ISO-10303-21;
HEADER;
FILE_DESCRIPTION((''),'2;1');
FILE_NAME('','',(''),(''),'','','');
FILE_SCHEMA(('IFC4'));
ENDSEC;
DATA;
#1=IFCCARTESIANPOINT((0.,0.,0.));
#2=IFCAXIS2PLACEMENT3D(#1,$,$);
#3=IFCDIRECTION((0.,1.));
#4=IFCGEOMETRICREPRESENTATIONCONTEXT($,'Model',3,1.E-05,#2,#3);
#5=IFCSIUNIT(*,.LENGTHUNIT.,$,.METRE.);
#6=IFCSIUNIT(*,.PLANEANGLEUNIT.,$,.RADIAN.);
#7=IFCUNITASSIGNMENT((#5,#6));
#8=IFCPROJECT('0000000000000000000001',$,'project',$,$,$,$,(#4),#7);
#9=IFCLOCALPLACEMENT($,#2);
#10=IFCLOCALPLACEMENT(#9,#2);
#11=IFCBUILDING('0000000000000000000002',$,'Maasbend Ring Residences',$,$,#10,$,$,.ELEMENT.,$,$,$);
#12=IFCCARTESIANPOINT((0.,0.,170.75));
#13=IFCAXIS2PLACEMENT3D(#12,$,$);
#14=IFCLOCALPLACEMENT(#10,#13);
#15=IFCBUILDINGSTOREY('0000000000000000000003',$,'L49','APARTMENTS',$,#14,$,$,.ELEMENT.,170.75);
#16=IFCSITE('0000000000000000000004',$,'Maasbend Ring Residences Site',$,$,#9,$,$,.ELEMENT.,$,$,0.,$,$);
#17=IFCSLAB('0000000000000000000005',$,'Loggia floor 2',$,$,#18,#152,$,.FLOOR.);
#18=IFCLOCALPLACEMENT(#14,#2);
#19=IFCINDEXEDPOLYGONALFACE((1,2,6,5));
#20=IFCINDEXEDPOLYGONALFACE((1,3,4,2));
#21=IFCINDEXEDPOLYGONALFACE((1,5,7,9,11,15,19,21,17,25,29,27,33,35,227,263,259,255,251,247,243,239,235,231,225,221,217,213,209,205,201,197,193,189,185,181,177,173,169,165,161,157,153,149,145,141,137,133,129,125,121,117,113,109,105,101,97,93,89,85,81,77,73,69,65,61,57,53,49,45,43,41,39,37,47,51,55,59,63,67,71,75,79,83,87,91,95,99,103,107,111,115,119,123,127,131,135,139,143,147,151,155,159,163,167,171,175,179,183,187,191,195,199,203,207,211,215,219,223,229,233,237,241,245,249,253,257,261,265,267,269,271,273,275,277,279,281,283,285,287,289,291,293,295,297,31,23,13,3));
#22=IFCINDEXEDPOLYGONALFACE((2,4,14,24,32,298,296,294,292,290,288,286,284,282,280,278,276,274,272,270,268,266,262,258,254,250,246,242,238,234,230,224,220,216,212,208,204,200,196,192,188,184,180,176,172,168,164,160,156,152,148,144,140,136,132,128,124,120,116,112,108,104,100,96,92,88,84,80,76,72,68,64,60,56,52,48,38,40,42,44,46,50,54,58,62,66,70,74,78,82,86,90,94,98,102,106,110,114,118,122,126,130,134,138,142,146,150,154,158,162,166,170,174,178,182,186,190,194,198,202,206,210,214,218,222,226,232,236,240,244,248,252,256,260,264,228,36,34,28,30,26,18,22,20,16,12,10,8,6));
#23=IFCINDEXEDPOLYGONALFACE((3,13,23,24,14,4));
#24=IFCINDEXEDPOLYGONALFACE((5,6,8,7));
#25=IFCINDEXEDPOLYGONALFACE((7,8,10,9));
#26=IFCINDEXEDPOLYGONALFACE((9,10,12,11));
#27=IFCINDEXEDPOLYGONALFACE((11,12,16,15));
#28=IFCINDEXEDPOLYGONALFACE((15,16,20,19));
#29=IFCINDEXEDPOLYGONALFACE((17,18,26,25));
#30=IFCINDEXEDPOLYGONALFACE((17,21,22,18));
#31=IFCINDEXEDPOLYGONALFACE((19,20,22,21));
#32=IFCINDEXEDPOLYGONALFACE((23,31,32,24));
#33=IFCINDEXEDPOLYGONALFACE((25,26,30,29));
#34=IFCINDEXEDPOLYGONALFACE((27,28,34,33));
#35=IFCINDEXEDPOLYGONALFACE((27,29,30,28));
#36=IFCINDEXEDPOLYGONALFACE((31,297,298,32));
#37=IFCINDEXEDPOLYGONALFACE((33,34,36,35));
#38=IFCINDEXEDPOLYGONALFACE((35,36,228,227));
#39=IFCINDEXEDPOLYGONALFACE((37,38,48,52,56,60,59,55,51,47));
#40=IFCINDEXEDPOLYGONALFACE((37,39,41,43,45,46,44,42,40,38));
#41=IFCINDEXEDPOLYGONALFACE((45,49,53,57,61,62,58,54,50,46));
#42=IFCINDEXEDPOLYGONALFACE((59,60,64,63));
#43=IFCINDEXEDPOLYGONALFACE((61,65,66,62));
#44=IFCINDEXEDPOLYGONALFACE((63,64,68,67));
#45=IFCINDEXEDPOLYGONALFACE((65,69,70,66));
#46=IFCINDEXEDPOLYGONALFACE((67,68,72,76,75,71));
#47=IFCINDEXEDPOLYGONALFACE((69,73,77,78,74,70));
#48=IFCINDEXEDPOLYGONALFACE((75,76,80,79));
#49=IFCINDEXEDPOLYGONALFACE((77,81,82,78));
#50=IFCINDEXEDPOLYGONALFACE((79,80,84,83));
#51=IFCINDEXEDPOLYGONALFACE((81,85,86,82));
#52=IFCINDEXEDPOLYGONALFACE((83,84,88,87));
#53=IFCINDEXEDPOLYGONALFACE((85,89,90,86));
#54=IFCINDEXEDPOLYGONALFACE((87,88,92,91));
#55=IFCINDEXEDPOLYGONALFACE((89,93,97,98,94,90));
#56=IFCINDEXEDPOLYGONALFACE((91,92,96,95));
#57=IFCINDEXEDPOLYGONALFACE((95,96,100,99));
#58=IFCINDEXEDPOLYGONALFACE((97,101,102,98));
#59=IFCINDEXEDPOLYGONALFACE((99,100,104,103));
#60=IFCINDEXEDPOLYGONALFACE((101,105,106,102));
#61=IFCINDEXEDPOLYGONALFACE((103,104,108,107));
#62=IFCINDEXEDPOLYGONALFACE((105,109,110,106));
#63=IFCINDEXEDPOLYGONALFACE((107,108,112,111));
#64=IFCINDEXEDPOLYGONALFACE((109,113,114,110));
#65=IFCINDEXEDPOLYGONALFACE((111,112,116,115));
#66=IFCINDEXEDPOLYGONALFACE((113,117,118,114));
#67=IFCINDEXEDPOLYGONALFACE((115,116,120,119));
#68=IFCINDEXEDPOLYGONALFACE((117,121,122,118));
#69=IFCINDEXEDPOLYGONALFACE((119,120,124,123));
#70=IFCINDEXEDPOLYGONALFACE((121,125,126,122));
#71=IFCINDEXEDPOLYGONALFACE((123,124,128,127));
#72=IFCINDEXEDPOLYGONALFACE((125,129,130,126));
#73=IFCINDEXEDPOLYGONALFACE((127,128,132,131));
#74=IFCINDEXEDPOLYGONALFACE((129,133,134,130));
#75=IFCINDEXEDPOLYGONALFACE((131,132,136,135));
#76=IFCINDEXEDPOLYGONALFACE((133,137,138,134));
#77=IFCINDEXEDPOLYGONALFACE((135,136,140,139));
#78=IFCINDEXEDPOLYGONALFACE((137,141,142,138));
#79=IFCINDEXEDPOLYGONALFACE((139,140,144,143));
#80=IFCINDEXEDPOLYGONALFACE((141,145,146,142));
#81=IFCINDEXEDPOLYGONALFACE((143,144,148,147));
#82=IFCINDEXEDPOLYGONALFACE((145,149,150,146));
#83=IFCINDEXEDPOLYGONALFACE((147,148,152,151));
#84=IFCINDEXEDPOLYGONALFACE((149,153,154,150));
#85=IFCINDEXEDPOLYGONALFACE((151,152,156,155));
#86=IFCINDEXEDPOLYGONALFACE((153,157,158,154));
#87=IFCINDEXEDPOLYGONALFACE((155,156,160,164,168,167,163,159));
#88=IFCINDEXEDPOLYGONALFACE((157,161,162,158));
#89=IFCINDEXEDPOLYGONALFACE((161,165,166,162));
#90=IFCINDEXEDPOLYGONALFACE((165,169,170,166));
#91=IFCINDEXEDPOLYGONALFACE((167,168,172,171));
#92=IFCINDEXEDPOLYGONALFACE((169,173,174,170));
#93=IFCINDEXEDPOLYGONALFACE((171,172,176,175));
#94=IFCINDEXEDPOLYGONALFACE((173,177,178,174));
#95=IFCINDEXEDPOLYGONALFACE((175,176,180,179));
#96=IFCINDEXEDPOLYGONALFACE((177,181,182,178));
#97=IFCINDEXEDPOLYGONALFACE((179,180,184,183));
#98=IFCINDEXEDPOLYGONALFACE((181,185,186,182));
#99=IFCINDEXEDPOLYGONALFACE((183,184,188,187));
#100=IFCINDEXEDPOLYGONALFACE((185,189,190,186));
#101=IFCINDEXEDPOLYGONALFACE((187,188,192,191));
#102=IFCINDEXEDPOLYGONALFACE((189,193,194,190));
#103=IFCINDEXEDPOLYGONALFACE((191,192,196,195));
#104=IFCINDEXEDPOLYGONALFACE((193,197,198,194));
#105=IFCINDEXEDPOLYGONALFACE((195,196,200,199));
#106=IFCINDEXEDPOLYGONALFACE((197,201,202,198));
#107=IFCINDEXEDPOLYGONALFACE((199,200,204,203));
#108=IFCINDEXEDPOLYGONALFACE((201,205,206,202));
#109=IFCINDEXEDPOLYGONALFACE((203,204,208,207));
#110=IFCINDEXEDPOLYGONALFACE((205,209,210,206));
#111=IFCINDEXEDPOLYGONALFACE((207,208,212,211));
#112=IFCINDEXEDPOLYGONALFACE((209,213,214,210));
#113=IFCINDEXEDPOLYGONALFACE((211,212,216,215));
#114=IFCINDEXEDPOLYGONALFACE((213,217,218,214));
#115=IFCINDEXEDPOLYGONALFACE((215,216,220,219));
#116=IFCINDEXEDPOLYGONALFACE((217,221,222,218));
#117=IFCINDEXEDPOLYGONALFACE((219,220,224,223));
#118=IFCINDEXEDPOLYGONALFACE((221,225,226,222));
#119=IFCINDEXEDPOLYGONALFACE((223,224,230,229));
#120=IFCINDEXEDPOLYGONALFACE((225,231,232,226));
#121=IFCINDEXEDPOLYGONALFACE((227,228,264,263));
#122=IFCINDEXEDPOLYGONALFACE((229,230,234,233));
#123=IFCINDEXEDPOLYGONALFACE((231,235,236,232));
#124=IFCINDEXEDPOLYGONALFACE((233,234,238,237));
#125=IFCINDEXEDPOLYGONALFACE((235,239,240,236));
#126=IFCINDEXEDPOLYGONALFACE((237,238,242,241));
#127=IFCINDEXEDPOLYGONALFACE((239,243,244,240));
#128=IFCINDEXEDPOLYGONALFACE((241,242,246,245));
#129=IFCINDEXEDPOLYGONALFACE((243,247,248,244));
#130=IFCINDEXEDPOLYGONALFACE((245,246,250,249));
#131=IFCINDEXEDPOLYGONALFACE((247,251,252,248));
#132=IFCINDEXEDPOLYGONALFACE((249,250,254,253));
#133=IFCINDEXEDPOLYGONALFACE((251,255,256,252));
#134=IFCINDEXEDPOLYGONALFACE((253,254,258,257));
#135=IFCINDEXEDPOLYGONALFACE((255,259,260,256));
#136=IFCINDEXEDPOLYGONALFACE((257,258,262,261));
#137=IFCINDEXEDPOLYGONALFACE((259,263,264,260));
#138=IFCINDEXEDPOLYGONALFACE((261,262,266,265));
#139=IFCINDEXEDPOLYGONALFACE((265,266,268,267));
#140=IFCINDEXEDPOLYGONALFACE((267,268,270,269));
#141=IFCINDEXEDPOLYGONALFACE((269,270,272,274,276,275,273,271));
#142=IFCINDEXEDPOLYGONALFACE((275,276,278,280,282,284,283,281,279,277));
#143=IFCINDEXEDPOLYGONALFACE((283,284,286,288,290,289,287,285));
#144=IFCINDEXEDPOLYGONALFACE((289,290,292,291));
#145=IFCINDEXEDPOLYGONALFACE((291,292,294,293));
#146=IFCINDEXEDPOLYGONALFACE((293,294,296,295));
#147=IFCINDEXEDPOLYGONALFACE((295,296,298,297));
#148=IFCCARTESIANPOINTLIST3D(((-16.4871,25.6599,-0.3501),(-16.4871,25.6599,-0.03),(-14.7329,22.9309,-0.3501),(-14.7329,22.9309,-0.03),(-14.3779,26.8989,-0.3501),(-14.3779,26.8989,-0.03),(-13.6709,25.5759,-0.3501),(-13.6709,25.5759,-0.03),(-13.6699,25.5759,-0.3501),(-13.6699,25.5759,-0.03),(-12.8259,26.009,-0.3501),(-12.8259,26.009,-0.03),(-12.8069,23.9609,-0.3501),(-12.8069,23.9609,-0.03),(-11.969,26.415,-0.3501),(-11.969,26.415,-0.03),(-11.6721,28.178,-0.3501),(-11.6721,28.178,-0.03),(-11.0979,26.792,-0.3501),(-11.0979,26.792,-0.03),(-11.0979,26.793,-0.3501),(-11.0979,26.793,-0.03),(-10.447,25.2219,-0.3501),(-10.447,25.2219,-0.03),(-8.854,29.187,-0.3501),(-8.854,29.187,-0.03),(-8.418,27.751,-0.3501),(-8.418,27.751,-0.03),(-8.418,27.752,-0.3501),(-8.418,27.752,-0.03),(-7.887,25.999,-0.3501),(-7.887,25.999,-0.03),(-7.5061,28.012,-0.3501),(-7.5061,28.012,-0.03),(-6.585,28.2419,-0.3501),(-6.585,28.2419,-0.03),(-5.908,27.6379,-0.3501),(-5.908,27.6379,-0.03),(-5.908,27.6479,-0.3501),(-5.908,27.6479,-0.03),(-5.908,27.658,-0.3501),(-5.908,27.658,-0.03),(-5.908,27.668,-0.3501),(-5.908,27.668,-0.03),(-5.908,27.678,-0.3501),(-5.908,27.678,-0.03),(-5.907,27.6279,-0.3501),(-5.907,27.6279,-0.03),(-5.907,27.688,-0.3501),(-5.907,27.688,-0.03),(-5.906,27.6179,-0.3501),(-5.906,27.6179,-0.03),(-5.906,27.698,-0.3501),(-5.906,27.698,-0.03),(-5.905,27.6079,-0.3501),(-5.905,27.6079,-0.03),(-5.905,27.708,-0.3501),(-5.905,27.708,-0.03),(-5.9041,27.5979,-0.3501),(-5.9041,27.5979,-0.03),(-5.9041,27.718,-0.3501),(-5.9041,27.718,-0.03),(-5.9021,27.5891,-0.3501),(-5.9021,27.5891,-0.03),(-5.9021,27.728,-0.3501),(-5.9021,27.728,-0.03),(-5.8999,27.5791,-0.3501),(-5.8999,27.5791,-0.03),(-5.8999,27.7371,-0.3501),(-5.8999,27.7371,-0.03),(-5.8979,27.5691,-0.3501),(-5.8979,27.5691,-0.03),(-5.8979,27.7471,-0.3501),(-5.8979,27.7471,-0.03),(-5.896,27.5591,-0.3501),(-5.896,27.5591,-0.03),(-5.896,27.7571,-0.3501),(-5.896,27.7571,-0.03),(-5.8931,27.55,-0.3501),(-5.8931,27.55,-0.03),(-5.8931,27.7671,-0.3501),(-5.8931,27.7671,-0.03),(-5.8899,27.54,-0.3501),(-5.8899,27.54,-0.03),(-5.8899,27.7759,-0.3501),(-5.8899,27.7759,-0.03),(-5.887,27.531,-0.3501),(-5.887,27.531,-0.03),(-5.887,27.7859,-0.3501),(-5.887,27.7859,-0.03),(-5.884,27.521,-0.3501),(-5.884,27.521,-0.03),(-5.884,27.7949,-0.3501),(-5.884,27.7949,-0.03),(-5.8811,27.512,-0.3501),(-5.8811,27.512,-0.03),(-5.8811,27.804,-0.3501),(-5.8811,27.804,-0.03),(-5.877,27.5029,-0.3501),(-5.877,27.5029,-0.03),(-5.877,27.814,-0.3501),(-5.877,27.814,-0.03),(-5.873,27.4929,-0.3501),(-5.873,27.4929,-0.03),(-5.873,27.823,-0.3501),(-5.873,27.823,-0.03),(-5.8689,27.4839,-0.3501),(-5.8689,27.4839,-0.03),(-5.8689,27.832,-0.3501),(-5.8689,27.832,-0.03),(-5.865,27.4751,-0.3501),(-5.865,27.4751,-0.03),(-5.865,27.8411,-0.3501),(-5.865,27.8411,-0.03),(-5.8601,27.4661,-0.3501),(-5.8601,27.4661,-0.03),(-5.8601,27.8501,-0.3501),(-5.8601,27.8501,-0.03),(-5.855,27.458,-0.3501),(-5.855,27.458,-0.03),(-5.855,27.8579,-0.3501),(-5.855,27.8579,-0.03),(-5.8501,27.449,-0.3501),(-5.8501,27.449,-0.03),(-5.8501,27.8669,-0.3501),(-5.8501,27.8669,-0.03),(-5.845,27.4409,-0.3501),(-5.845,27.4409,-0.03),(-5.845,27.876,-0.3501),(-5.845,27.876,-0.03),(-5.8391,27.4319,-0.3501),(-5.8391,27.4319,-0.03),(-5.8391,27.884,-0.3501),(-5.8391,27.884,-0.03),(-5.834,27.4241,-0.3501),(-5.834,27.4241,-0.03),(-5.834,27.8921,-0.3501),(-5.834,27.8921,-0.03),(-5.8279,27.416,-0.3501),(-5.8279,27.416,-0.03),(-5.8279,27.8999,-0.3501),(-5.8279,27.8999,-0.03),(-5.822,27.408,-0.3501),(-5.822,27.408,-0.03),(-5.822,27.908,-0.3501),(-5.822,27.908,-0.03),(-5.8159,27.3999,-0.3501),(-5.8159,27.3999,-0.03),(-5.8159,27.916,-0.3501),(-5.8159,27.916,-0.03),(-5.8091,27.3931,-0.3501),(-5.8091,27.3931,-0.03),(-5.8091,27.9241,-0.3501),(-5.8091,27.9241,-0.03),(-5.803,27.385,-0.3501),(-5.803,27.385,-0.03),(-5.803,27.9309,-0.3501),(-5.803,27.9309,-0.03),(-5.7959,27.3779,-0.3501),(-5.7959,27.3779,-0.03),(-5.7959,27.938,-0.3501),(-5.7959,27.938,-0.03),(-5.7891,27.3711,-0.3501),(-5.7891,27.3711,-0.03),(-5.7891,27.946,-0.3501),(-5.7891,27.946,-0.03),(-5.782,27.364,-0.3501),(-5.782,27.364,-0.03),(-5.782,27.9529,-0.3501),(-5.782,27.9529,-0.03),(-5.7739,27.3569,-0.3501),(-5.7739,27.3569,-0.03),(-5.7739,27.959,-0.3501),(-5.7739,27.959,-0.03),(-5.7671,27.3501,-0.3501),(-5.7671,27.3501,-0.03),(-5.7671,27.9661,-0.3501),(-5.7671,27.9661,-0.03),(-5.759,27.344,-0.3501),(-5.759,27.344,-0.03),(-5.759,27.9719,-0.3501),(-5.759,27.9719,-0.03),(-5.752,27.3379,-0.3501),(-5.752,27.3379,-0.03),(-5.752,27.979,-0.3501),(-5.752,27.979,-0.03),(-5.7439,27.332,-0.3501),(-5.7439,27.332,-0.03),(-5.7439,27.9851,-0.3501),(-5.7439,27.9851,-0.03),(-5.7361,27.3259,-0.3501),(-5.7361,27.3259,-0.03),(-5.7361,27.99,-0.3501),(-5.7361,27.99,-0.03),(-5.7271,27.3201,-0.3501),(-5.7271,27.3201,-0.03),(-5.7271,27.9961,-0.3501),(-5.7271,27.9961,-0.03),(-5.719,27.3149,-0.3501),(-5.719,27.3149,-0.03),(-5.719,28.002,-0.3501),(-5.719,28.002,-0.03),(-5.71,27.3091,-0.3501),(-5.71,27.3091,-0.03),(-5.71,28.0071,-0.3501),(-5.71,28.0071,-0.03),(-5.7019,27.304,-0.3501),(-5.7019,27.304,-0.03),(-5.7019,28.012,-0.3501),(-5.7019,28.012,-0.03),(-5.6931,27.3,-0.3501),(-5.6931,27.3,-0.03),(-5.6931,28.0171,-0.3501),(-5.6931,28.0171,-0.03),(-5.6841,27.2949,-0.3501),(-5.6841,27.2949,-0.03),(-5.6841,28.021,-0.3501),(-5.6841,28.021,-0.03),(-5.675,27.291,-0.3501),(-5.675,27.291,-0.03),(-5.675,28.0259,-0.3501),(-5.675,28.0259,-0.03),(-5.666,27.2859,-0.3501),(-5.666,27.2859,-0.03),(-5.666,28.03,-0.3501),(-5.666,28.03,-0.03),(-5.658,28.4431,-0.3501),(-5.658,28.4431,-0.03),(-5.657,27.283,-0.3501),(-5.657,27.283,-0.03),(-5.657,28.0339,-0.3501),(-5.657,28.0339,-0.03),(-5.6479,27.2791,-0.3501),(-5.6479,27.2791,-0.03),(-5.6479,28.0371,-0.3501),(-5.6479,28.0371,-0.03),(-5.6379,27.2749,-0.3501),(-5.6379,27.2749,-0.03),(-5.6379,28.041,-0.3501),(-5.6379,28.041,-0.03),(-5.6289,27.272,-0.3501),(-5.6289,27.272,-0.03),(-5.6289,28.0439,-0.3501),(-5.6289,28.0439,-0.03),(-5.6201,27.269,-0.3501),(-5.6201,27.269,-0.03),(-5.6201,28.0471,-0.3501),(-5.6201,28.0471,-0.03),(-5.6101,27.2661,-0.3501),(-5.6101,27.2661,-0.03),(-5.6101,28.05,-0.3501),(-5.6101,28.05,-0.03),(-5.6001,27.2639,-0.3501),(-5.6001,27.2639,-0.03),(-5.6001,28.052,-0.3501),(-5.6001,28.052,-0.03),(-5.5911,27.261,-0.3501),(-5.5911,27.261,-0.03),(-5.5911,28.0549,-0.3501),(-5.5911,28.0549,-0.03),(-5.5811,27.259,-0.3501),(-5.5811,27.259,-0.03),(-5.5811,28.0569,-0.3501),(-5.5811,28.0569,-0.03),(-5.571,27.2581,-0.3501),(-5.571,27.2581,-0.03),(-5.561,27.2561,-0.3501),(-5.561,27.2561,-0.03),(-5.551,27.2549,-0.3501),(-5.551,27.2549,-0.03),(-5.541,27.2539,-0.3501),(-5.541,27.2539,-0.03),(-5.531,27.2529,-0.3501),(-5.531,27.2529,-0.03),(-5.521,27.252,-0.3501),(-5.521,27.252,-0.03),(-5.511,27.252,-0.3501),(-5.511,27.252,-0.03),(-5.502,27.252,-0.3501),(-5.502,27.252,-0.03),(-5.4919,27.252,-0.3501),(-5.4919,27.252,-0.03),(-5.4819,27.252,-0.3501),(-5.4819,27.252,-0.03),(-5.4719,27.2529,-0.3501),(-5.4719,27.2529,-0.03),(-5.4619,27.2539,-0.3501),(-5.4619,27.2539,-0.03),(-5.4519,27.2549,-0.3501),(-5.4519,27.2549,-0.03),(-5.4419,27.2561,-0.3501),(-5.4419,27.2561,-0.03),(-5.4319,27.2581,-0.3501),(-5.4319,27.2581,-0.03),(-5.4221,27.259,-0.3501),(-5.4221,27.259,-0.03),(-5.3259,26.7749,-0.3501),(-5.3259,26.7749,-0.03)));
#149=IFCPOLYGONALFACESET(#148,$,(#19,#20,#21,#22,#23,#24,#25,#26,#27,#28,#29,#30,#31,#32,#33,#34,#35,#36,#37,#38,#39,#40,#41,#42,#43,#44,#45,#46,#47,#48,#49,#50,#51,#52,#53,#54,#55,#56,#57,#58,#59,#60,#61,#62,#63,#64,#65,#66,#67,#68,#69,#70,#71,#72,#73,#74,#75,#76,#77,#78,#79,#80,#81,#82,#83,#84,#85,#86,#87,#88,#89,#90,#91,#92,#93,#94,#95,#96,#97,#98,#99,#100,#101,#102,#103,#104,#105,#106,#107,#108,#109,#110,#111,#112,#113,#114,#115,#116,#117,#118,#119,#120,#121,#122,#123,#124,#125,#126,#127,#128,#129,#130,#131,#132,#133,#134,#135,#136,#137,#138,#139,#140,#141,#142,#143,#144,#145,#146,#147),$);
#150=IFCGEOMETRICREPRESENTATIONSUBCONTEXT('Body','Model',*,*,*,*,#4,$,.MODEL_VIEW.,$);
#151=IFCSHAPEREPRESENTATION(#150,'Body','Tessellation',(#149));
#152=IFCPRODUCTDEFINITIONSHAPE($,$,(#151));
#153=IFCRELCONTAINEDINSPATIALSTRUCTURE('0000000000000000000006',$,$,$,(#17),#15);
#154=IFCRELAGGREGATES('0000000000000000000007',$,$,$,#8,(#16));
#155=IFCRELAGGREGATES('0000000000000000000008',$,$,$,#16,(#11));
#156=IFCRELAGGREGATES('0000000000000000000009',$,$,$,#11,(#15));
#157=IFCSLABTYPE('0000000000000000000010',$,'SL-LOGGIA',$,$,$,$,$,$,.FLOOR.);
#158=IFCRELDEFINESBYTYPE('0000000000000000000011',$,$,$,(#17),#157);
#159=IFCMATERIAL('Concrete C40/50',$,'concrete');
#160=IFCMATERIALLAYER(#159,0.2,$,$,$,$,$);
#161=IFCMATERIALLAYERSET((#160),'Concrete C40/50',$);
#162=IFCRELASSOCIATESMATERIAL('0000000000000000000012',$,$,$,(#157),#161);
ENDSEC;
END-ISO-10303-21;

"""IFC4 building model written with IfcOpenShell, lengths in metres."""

from ifc_helpers import new_model, si_unit, direction, frame, origin, place, context, subcontext, project, spatial, polyline, outline, extrude, material, layer, layer_set, type_object, element, save


model = new_model("IFC4")

# Units and contexts
model_context = context("Model", 3, precision=1e-05, world=origin(), true_north=direction((0.0, 1.0)))
body_context = subcontext(model_context, "Body", "Model", "MODEL_VIEW")
ifc_project = project(units=[si_unit("LENGTHUNIT", "METRE"), si_unit("PLANEANGLEUNIT", "RADIAN")], contexts=[model_context])

# Site, building, storey
site_placement = place(None, origin())
site = spatial("IfcSite", under=ifc_project, at=site_placement, Name="Maasbend Ring Residences Site", CompositionType="ELEMENT", RefElevation=0.0)
building_placement = place(site_placement, origin())
building = spatial("IfcBuilding", under=site, at=building_placement, Name="Maasbend Ring Residences", CompositionType="ELEMENT")
storey_placement = place(building_placement, frame((0.0, 0.0, 170.75)))
storey = spatial("IfcBuildingStorey", under=building, at=storey_placement, Name="L49", Description="APARTMENTS", CompositionType="ELEMENT", Elevation=170.75)

# Slab
ifc_material_1 = material(Name="Concrete C40/50", Category="concrete")
ifc_layer_1 = layer(ifc_material_1, 0.2)
ifc_layer_set_1 = layer_set([ifc_layer_1], Name="Concrete C40/50")
slab_type_1 = type_object("IfcSlabType", Name="SL-LOGGIA", PredefinedType="FLOOR", material=ifc_layer_set_1)
slab_1_placement = place(storey_placement, frame((0.0, 0.0, -0.3501)))
element("IfcSlab", 1, at=slab_1_placement, inside=storey, type_object=slab_type_1, Name="Loggia floor 2", PredefinedType="FLOOR", context=body_context, shape_type="SweptSolid", body=[
    extrude(outline(polyline([(-13.6709, 25.5759), (-13.6709, 25.5759), (-13.6709, 25.5759), (-13.6709, 25.5759), (-13.6709, 25.5759), (-13.6709, 25.5759), (-13.6709, 25.5759), (-13.6699, 25.5759), (-13.6699, 25.5759), (-13.6699, 25.5759), (-13.6699, 25.5759), (-13.6699, 25.5759), (-13.6699, 25.5759), (-13.6699, 25.5759), (-13.6699, 25.5759), (-13.6699, 25.5759), (-13.6699, 25.5759), (-12.8259, 26.009), (-12.8259, 26.009), (-11.969, 26.415), (-11.969, 26.415), (-11.0979, 26.792), (-11.0979, 26.792), (-11.0979, 26.792), (-11.0979, 26.792), (-11.0979, 26.792), (-11.0979, 26.792), (-11.0979, 26.792), (-11.0979, 26.793), (-11.0979, 26.793), (-11.0979, 26.793), (-11.0979, 26.793), (-11.0979, 26.793), (-11.0979, 26.793), (-11.0979, 26.793), (-11.0979, 26.793), (-11.0979, 26.793), (-11.0979, 26.793), (-11.6721, 28.178), (-11.6721, 28.178), (-11.6721, 28.178), (-8.854, 29.187), (-8.854, 29.187), (-8.854, 29.187), (-8.418, 27.752), (-8.418, 27.752), (-8.418, 27.752), (-8.418, 27.752), (-8.418, 27.752), (-8.418, 27.752), (-8.418, 27.752), (-8.418, 27.751), (-8.418, 27.751), (-8.418, 27.751), (-8.418, 27.751), (-8.418, 27.751), (-8.418, 27.751), (-8.418, 27.751), (-8.418, 27.751), (-8.418, 27.751), (-8.418, 27.751), (-7.5061, 28.012), (-7.5061, 28.012), (-6.585, 28.2419), (-6.585, 28.2419), (-5.658, 28.4431), (-5.658, 28.4431), (-5.658, 28.4431), (-5.5811, 28.0569), (-5.5911, 28.0549), (-5.6001, 28.052), (-5.6101, 28.05), (-5.6201, 28.0471), (-5.6289, 28.0439), (-5.6379, 28.041), (-5.6479, 28.0371), (-5.657, 28.0339), (-5.666, 28.03), (-5.675, 28.0259), (-5.6841, 28.021), (-5.6931, 28.0171), (-5.7019, 28.012), (-5.71, 28.0071), (-5.719, 28.002), (-5.7271, 27.9961), (-5.7361, 27.99), (-5.7439, 27.9851), (-5.752, 27.979), (-5.759, 27.9719), (-5.7671, 27.9661), (-5.7739, 27.959), (-5.782, 27.9529), (-5.7891, 27.946), (-5.7959, 27.938), (-5.803, 27.9309), (-5.8091, 27.9241), (-5.8159, 27.916), (-5.822, 27.908), (-5.8279, 27.8999), (-5.834, 27.8921), (-5.8391, 27.884), (-5.845, 27.876), (-5.8501, 27.8669), (-5.855, 27.8579), (-5.8601, 27.8501), (-5.865, 27.8411), (-5.8689, 27.832), (-5.873, 27.823), (-5.877, 27.814), (-5.8811, 27.804), (-5.884, 27.7949), (-5.887, 27.7859), (-5.8899, 27.7759), (-5.8931, 27.7671), (-5.896, 27.7571), (-5.8979, 27.7471), (-5.8999, 27.7371), (-5.9021, 27.728), (-5.9041, 27.718), (-5.905, 27.708), (-5.906, 27.698), (-5.907, 27.688), (-5.908, 27.678), (-5.908, 27.668), (-5.908, 27.658), (-5.908, 27.6479), (-5.908, 27.6379), (-5.907, 27.6279), (-5.906, 27.6179), (-5.905, 27.6079), (-5.9041, 27.5979), (-5.9021, 27.5891), (-5.8999, 27.5791), (-5.8979, 27.5691), (-5.896, 27.5591), (-5.8931, 27.55), (-5.8899, 27.54), (-5.887, 27.531), (-5.884, 27.521), (-5.8811, 27.512), (-5.877, 27.5029), (-5.873, 27.4929), (-5.8689, 27.4839), (-5.865, 27.4751), (-5.8601, 27.4661), (-5.855, 27.458), (-5.8501, 27.449), (-5.845, 27.4409), (-5.8391, 27.4319), (-5.834, 27.4241), (-5.8279, 27.416), (-5.822, 27.408), (-5.8159, 27.3999), (-5.8091, 27.3931), (-5.803, 27.385), (-5.7959, 27.3779), (-5.7891, 27.3711), (-5.782, 27.364), (-5.7739, 27.3569), (-5.7671, 27.3501), (-5.759, 27.344), (-5.752, 27.3379), (-5.7439, 27.332), (-5.7361, 27.3259), (-5.7271, 27.3201), (-5.719, 27.3149), (-5.71, 27.3091), (-5.7019, 27.304), (-5.6931, 27.3), (-5.6841, 27.2949), (-5.675, 27.291), (-5.666, 27.2859), (-5.657, 27.283), (-5.6479, 27.2791), (-5.6379, 27.2749), (-5.6289, 27.272), (-5.6201, 27.269), (-5.6101, 27.2661), (-5.6001, 27.2639), (-5.5911, 27.261), (-5.5811, 27.259), (-5.571, 27.2581), (-5.561, 27.2561), (-5.551, 27.2549), (-5.541, 27.2539), (-5.531, 27.2529), (-5.521, 27.252), (-5.511, 27.252), (-5.502, 27.252), (-5.4919, 27.252), (-5.4819, 27.252), (-5.4719, 27.2529), (-5.4619, 27.2539), (-5.4519, 27.2549), (-5.4419, 27.2561), (-5.4319, 27.2581), (-5.4221, 27.259), (-5.3259, 26.7749), (-5.3259, 26.7749), (-5.3259, 26.7749), (-7.887, 25.999), (-10.447, 25.2219), (-10.447, 25.2219), (-10.447, 25.2219), (-12.8069, 23.9609), (-14.7329, 22.9309), (-14.7329, 22.9309), (-14.7329, 22.9309), (-16.4871, 25.6599), (-16.4871, 25.6599), (-16.4871, 25.6599), (-14.3779, 26.8989), (-14.3779, 26.8989), (-14.3779, 26.8989), (-13.6709, 25.5759)])), origin(), (0.0, 0.0, 1.0), 0.3201),
])

save(model, "model.ifc")
